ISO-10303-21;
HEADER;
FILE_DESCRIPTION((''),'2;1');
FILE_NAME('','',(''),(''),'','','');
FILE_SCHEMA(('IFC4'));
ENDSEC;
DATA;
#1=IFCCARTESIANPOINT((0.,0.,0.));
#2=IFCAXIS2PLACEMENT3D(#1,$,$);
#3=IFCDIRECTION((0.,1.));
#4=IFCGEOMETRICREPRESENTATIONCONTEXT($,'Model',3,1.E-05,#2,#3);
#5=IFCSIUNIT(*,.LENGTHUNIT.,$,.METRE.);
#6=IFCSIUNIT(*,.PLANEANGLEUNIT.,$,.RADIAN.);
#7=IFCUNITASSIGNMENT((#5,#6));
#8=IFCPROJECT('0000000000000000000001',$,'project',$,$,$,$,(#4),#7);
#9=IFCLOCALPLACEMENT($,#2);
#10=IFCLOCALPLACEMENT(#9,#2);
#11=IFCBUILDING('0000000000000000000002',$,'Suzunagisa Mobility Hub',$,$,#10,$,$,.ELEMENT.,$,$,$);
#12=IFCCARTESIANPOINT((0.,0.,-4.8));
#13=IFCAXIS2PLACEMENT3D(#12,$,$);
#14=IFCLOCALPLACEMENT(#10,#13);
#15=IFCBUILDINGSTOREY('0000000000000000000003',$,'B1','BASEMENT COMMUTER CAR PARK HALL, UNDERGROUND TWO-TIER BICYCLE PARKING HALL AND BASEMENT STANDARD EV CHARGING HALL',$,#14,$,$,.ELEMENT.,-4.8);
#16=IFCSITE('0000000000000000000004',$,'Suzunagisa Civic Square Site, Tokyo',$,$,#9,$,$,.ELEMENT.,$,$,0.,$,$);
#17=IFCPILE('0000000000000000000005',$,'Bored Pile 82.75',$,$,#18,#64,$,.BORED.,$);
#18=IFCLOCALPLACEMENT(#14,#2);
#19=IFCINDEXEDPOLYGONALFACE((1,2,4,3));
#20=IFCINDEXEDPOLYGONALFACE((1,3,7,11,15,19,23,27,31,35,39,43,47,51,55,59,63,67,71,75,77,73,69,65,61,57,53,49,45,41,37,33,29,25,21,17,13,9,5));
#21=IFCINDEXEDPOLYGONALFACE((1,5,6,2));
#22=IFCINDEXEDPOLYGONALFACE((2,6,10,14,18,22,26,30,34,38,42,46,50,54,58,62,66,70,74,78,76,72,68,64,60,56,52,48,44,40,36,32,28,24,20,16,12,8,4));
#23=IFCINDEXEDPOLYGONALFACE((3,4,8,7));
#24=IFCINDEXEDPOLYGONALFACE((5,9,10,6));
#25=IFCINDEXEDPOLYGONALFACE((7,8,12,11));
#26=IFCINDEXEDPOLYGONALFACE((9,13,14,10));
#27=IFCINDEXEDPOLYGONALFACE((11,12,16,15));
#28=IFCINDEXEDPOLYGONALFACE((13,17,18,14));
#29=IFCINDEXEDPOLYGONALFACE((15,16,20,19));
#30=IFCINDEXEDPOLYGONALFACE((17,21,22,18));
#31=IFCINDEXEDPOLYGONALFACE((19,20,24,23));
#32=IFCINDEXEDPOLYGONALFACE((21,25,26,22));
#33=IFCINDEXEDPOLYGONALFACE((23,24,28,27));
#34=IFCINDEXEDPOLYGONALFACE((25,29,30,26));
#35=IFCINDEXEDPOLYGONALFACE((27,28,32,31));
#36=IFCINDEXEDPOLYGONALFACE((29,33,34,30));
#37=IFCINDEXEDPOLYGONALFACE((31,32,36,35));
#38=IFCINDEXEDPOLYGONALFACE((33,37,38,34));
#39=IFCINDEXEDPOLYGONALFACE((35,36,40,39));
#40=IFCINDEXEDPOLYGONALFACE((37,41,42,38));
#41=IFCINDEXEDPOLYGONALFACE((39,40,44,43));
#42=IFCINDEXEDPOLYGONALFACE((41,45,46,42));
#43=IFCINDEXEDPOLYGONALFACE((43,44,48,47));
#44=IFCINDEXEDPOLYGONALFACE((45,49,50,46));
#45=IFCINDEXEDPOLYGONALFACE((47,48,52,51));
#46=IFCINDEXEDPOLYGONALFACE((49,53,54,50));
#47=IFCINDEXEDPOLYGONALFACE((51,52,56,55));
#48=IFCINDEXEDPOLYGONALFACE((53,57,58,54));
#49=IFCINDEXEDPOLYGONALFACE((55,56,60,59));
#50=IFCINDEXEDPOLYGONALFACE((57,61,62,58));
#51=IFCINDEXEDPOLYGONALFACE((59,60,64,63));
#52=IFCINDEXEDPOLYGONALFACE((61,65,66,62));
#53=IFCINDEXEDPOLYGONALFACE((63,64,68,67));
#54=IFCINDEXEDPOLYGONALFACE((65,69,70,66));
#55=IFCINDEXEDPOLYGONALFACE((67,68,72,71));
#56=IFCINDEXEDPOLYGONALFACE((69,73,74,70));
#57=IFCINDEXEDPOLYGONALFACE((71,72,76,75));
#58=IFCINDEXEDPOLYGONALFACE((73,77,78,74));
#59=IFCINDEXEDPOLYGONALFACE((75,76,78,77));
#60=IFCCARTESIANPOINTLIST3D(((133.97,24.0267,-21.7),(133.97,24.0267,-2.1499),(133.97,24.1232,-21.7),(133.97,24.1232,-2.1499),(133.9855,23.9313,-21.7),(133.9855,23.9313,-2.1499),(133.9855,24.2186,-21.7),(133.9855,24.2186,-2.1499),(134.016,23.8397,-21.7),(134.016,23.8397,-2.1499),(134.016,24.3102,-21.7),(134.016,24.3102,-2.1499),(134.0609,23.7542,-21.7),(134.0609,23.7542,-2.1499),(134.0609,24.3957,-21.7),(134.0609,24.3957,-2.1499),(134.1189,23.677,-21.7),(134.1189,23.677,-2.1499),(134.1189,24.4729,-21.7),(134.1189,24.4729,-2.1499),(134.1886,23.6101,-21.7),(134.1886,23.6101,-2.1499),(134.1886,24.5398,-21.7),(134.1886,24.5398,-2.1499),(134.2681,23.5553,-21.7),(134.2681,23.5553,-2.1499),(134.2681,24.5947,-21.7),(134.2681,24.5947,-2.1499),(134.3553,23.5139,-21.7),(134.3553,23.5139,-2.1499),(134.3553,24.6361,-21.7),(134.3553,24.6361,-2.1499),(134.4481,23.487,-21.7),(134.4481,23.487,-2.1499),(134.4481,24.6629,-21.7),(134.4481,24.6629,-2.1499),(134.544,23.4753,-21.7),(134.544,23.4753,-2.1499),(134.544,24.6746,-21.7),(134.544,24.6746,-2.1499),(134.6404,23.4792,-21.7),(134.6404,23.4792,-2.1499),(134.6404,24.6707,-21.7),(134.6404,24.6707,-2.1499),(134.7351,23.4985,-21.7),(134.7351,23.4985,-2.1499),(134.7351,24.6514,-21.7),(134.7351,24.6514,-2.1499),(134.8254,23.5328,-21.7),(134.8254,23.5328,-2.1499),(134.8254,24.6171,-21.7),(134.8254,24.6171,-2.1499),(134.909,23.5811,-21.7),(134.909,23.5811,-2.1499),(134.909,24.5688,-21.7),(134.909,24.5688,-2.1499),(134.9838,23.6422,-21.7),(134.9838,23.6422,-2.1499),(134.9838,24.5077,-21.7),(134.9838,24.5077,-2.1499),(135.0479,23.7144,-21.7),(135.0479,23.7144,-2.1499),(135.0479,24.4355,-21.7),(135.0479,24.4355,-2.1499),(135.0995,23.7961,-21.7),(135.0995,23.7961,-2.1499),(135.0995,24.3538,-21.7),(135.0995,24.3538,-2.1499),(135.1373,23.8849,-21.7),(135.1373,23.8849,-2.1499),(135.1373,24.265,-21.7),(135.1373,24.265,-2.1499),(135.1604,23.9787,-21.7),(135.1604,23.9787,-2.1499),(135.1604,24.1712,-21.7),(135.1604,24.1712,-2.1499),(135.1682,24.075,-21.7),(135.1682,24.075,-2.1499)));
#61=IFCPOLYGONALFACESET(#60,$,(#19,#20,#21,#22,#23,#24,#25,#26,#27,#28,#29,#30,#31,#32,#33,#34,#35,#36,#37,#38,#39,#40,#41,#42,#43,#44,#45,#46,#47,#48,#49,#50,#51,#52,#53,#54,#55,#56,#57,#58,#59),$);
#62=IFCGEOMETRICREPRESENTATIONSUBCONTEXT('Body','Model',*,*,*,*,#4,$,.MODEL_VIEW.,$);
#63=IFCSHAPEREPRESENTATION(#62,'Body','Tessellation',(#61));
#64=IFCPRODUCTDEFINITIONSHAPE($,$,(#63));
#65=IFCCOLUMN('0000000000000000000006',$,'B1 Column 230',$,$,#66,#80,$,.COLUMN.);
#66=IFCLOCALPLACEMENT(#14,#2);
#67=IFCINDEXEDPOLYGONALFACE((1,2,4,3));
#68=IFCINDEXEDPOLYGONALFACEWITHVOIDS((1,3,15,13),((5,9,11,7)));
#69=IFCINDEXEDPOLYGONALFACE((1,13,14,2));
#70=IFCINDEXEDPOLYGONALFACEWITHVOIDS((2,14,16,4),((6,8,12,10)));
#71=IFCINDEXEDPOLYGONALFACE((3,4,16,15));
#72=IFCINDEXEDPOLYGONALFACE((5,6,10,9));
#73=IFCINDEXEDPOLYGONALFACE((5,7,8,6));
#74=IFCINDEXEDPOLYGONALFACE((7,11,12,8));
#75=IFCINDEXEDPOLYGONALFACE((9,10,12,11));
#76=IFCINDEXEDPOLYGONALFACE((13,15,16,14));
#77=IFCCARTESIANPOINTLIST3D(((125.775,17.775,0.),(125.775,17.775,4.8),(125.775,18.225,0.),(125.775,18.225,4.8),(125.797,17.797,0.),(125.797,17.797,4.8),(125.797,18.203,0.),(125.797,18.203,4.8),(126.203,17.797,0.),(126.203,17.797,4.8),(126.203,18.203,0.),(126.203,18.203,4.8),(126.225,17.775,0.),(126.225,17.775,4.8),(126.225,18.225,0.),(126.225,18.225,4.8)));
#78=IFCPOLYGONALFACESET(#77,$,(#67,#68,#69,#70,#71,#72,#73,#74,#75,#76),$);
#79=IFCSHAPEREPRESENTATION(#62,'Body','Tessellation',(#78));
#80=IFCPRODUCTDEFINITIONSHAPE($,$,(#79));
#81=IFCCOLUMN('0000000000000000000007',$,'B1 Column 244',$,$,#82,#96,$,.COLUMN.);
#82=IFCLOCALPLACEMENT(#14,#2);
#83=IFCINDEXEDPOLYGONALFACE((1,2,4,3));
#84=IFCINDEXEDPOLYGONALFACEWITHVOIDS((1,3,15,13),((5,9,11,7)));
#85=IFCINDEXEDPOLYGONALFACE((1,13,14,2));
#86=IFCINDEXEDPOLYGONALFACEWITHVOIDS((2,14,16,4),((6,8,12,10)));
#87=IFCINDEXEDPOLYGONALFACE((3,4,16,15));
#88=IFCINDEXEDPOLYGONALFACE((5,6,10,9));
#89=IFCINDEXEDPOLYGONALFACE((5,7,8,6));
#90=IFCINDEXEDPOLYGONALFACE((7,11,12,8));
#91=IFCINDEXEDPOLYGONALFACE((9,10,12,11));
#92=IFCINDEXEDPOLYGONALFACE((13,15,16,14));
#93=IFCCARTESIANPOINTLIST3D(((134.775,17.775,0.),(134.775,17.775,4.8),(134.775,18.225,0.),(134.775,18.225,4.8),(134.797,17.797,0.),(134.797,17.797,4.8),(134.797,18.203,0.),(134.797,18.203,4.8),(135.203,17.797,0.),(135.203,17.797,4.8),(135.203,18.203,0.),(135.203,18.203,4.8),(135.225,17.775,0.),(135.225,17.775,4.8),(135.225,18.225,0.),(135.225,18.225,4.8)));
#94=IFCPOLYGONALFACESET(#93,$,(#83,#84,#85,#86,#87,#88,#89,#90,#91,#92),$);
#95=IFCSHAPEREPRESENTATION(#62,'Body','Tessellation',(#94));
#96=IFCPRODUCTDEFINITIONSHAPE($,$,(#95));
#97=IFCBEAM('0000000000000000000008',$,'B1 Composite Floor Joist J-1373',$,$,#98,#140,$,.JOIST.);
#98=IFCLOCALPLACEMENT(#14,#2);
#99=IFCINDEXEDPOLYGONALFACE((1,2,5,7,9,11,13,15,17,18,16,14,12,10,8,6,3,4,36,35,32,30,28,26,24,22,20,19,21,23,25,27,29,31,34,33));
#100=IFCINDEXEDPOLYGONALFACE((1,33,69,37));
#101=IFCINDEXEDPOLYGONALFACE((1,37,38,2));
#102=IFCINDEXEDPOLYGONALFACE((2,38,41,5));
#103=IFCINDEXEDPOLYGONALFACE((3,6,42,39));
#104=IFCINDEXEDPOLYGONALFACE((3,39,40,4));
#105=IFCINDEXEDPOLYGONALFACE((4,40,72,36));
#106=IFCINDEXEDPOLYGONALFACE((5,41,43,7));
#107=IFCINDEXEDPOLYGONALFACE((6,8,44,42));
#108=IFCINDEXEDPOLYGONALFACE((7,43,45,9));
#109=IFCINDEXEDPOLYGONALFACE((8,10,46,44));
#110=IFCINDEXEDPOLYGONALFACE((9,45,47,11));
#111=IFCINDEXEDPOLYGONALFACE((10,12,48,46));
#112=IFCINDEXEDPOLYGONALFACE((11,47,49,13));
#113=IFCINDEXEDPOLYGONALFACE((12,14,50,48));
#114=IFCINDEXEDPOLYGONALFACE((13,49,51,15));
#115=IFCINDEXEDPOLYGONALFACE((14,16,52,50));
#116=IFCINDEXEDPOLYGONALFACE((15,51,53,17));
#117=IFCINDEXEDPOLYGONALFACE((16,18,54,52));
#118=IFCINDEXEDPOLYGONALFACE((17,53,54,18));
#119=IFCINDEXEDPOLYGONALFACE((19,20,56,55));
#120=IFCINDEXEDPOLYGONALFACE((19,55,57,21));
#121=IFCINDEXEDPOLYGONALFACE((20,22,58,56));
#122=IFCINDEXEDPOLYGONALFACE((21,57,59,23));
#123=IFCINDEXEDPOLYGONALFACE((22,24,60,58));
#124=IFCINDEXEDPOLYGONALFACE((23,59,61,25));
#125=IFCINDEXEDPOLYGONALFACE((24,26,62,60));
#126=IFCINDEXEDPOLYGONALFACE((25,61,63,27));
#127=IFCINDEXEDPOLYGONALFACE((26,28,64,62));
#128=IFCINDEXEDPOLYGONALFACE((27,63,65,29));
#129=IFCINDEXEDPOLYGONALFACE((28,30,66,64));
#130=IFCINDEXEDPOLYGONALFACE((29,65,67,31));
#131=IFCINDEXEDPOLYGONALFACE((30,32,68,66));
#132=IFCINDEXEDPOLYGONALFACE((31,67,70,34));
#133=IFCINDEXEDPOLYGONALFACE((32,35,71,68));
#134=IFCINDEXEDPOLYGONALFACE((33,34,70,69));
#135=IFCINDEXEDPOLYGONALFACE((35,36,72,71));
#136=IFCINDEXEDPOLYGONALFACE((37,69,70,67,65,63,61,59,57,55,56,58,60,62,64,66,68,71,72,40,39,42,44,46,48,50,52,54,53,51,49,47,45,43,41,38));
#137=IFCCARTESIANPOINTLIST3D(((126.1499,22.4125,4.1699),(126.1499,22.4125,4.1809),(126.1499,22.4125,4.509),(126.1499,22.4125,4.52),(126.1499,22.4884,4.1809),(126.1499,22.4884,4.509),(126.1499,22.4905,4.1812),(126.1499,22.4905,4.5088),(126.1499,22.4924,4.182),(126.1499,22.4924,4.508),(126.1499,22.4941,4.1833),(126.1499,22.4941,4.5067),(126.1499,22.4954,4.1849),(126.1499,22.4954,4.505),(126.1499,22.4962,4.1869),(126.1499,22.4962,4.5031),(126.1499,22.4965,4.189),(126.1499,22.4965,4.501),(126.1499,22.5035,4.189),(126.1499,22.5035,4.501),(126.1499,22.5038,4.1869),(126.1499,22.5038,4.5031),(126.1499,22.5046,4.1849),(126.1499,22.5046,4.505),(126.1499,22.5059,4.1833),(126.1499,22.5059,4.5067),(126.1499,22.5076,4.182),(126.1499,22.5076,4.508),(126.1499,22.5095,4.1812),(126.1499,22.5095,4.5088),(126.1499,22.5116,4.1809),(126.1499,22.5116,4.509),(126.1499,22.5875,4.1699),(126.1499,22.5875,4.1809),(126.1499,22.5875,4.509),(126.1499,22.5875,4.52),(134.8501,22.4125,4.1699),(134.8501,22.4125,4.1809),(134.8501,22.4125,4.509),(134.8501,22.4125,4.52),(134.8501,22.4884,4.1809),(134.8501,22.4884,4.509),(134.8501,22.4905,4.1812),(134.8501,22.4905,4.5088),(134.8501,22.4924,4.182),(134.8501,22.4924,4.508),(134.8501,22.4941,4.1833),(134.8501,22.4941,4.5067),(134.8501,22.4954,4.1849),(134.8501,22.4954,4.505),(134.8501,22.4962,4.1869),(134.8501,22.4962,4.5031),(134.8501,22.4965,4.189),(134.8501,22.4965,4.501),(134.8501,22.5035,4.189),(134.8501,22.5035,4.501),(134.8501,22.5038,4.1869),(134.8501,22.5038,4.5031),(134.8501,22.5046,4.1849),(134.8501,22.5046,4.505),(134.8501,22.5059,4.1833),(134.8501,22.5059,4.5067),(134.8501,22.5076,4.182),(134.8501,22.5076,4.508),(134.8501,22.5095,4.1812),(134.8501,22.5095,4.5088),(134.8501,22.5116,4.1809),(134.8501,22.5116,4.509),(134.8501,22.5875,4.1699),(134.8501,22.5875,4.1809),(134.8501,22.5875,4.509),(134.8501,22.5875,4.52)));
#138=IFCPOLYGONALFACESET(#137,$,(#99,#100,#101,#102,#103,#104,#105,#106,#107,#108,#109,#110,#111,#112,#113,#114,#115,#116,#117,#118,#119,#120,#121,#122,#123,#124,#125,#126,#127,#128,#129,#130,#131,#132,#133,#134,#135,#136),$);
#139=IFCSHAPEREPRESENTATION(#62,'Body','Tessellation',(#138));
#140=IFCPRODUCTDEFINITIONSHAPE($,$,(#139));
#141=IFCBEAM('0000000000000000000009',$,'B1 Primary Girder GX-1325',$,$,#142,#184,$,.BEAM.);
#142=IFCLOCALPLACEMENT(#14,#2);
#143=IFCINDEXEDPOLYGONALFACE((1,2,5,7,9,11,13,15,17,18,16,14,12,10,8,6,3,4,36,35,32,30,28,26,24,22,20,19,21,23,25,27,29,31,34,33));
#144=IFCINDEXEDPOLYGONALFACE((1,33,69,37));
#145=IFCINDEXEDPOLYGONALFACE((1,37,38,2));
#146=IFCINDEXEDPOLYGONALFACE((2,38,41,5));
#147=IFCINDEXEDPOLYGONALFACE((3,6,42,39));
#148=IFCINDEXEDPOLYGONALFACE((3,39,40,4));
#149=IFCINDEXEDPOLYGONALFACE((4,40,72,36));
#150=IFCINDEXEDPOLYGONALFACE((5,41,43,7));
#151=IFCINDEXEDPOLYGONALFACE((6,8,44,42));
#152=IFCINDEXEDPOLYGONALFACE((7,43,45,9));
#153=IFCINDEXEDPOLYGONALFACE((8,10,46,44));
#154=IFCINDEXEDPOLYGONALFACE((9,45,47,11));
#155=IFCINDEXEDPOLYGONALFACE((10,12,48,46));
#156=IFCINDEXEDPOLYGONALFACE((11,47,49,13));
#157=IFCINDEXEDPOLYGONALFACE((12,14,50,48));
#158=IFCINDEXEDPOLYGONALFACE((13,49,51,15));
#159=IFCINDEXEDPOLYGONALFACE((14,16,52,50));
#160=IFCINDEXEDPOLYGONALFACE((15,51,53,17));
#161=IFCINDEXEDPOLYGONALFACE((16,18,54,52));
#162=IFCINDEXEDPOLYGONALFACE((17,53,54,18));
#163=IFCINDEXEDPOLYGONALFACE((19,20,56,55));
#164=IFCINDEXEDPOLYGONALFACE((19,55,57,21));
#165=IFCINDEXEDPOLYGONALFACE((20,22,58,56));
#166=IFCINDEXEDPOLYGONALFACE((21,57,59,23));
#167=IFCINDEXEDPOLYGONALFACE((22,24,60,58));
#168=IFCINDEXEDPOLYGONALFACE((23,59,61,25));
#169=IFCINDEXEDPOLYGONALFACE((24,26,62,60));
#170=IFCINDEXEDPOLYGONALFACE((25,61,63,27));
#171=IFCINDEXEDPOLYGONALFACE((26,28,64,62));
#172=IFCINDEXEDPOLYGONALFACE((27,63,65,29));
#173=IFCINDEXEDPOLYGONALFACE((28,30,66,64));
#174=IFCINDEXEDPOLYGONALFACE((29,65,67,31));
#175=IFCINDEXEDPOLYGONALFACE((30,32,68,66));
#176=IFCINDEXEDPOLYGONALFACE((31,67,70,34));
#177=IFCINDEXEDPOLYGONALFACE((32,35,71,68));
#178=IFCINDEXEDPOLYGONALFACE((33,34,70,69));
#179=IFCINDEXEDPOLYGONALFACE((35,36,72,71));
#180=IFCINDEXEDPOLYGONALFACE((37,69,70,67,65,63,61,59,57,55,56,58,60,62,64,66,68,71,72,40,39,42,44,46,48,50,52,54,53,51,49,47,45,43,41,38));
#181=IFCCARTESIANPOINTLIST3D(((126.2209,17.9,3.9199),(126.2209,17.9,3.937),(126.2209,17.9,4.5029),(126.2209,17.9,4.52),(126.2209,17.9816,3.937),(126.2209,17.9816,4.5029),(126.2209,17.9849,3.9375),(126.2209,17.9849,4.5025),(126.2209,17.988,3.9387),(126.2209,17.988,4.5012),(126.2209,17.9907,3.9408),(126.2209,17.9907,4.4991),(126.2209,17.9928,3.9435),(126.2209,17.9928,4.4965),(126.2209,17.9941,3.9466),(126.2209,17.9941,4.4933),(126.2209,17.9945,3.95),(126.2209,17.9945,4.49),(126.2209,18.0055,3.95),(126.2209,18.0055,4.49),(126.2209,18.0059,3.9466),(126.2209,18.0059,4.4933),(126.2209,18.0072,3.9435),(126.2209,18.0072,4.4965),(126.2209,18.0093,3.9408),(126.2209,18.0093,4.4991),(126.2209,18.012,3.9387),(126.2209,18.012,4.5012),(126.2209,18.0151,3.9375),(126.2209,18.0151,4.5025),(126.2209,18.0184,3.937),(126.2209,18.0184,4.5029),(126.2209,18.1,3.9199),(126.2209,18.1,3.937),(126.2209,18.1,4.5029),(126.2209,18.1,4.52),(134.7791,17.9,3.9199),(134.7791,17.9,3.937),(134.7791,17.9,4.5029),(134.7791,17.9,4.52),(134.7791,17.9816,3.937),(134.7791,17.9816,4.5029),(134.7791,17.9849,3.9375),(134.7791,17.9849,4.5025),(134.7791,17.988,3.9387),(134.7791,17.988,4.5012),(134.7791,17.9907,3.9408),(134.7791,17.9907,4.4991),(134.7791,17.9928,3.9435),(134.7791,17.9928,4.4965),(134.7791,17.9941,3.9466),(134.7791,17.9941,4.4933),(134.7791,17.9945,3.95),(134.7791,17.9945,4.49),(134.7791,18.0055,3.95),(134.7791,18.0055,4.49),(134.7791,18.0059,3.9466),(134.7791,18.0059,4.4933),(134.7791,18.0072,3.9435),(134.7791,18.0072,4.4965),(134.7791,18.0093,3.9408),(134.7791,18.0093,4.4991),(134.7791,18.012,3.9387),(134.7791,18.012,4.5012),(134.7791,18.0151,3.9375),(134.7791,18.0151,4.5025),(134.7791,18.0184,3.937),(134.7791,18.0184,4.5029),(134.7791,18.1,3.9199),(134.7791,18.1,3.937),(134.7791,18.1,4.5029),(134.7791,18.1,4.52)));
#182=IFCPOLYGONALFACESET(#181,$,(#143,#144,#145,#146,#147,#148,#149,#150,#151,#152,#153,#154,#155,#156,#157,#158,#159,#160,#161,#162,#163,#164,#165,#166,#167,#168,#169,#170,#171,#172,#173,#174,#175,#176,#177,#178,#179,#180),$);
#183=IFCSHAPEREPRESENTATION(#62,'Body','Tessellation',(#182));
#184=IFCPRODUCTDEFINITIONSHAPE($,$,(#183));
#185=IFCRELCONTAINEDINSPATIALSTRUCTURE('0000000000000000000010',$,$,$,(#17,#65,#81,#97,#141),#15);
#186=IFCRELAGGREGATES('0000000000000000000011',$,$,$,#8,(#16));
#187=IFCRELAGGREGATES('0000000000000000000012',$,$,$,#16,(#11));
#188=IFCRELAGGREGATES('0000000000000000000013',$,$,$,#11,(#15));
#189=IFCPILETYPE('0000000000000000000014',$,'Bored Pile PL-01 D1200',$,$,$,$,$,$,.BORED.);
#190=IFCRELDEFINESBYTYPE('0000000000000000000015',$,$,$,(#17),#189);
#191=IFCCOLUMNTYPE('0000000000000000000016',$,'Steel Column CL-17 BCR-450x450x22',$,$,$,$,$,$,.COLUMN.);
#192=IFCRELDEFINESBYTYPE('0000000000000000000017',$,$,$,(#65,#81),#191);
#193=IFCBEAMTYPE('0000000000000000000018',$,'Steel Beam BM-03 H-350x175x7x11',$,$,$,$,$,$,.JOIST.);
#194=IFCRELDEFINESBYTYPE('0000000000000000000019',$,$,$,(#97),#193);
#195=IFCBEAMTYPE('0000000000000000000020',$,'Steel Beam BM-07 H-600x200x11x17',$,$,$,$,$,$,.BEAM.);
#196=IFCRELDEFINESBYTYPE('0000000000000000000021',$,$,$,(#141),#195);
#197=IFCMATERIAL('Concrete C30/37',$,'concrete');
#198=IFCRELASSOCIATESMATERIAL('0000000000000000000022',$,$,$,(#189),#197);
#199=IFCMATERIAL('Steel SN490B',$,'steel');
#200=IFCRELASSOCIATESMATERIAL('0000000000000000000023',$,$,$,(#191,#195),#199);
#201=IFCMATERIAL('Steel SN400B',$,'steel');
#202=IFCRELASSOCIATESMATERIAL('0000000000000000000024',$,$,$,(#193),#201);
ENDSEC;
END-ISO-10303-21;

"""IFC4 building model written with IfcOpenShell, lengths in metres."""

from ifc_helpers import new_model, si_unit, direction, frame, origin, origin_2d, place, context, subcontext, project, spatial, hollow_rectangle, circle, i_section, extrude, material, material_profile, profile_set, type_object, element, save


model = new_model("IFC4")

# Units and contexts
model_context = context("Model", 3, precision=1e-05, world=origin(), true_north=direction((0.0, 1.0)))
body_context = subcontext(model_context, "Body", "Model", "MODEL_VIEW")
ifc_project = project(units=[si_unit("LENGTHUNIT", "METRE"), si_unit("PLANEANGLEUNIT", "RADIAN")], contexts=[model_context])

# Site, building, storey
site_placement = place(None, origin())
site = spatial("IfcSite", under=ifc_project, at=site_placement, Name="Suzunagisa Civic Square Site, Tokyo", CompositionType="ELEMENT", RefElevation=0.0)
building_placement = place(site_placement, origin())
building = spatial("IfcBuilding", under=site, at=building_placement, Name="Suzunagisa Mobility Hub", CompositionType="ELEMENT")
storey_placement = place(building_placement, frame((0.0, 0.0, -4.8)))
storey = spatial("IfcBuildingStorey", under=building, at=storey_placement, Name="B1", Description="BASEMENT COMMUTER CAR PARK HALL, UNDERGROUND TWO-TIER BICYCLE PARKING HALL AND BASEMENT STANDARD EV CHARGING HALL", CompositionType="ELEMENT", Elevation=-4.8)

# Pile
ifc_material_1 = material(Name="Concrete C30/37", Category="concrete")
ifc_material_profile_1 = material_profile(ifc_material_1, circle(Radius=0.6001, at=origin_2d()), Name="BORED PILE D1200")
ifc_profile_set_1 = profile_set([ifc_material_profile_1], Name="Concrete C30/37")
pile_type = type_object("IfcPileType", Name="Bored Pile PL-01 D1200", PredefinedType="BORED", material=ifc_profile_set_1)
for number, where, z_axis, x_axis, name in (
    (1, (134.5681, 24.075, -2.1499), (0.0, 0.0, -1.0), (1.0, 0.0, 0.0), "Bored Pile 82.75"),
):
    element("IfcPile", number, at=place(storey_placement, frame(where, z_axis=z_axis, x_axis=x_axis)), inside=storey, type_object=pile_type, Name=name, PredefinedType="BORED", context=body_context, shape_type="SweptSolid", body=[
        extrude(circle(Radius=0.6001, at=origin_2d()), origin(), (0.0, 0.0, 1.0), 19.55),
    ])

# Columns
ifc_material_2 = material(Name="Steel SN490B", Category="steel")
ifc_material_profile_2 = material_profile(ifc_material_2, hollow_rectangle(XDim=0.45, YDim=0.45, WallThickness=0.022, at=origin_2d()), Name="BCR-450x450x22")
ifc_profile_set_2 = profile_set([ifc_material_profile_2], Name="Steel SN490B")
column_type = type_object("IfcColumnType", Name="Steel Column CL-17 BCR-450x450x22", PredefinedType="COLUMN", material=ifc_profile_set_2)
for number, where, z_axis, x_axis, name in (
    (2, (126.0, 18.0, 0.0), (0.0, 0.0, 1.0), (1.0, 0.0, 0.0), "B1 Column 230"),
    (3, (135.0, 18.0, 0.0), (0.0, 0.0, 1.0), (1.0, 0.0, 0.0), "B1 Column 244"),
):
    element("IfcColumn", number, at=place(storey_placement, frame(where, z_axis=z_axis, x_axis=x_axis)), inside=storey, type_object=column_type, Name=name, PredefinedType="COLUMN", context=body_context, shape_type="SweptSolid", body=[
        extrude(hollow_rectangle(XDim=0.45, YDim=0.45, WallThickness=0.022, at=origin_2d()), origin(), (0.0, 0.0, 1.0), 4.8),
    ])

# Beams
ifc_material_3 = material(Name="Steel SN400B", Category="steel")
ifc_material_profile_3 = material_profile(ifc_material_3, i_section(OverallWidth=0.175, OverallDepth=0.3501, WebThickness=0.0071, FlangeThickness=0.011, FilletRadius=0.0081, at=origin_2d()), Name="H-350x175x7x11")
ifc_profile_set_3 = profile_set([ifc_material_profile_3], Name="Steel SN400B")
beam_type_1 = type_object("IfcBeamType", Name="Steel Beam BM-03 H-350x175x7x11", PredefinedType="JOIST", material=ifc_profile_set_3)
beam_1_placement = place(storey_placement, frame((126.1499, 22.5, 4.345), z_axis=(1.0, 0.0, 0.0), x_axis=(0.0, 1.0, 0.0)))
element("IfcBeam", 4, at=beam_1_placement, inside=storey, type_object=beam_type_1, Name="B1 Composite Floor Joist J-1373", PredefinedType="JOIST", context=body_context, shape_type="SweptSolid", body=[
    extrude(i_section(OverallWidth=0.175, OverallDepth=0.3501, WebThickness=0.0071, FlangeThickness=0.011, FilletRadius=0.0081, at=origin_2d()), origin(), (0.0, 0.0, 1.0), 8.7002),
])
ifc_material_profile_4 = material_profile(ifc_material_2, i_section(OverallWidth=0.2, OverallDepth=0.6001, WebThickness=0.011, FlangeThickness=0.0171, FilletRadius=0.0129, at=origin_2d()), Name="H-600x200x11x17")
ifc_profile_set_4 = profile_set([ifc_material_profile_4], Name="Steel SN490B")
beam_type_2 = type_object("IfcBeamType", Name="Steel Beam BM-07 H-600x200x11x17", PredefinedType="BEAM", material=ifc_profile_set_4)
for number, where, z_axis, x_axis, name in (
    (5, (126.2209, 18.0, 4.22), (1.0, 0.0, 0.0), (0.0, 1.0, 0.0), "B1 Primary Girder GX-1325"),
):
    element("IfcBeam", number, at=place(storey_placement, frame(where, z_axis=z_axis, x_axis=x_axis)), inside=storey, type_object=beam_type_2, Name=name, PredefinedType="BEAM", context=body_context, shape_type="SweptSolid", body=[
        extrude(i_section(OverallWidth=0.2, OverallDepth=0.6001, WebThickness=0.011, FlangeThickness=0.0171, FilletRadius=0.0129, at=origin_2d()), origin(), (0.0, 0.0, 1.0), 8.5581),
    ])

save(model, "model.ifc")
